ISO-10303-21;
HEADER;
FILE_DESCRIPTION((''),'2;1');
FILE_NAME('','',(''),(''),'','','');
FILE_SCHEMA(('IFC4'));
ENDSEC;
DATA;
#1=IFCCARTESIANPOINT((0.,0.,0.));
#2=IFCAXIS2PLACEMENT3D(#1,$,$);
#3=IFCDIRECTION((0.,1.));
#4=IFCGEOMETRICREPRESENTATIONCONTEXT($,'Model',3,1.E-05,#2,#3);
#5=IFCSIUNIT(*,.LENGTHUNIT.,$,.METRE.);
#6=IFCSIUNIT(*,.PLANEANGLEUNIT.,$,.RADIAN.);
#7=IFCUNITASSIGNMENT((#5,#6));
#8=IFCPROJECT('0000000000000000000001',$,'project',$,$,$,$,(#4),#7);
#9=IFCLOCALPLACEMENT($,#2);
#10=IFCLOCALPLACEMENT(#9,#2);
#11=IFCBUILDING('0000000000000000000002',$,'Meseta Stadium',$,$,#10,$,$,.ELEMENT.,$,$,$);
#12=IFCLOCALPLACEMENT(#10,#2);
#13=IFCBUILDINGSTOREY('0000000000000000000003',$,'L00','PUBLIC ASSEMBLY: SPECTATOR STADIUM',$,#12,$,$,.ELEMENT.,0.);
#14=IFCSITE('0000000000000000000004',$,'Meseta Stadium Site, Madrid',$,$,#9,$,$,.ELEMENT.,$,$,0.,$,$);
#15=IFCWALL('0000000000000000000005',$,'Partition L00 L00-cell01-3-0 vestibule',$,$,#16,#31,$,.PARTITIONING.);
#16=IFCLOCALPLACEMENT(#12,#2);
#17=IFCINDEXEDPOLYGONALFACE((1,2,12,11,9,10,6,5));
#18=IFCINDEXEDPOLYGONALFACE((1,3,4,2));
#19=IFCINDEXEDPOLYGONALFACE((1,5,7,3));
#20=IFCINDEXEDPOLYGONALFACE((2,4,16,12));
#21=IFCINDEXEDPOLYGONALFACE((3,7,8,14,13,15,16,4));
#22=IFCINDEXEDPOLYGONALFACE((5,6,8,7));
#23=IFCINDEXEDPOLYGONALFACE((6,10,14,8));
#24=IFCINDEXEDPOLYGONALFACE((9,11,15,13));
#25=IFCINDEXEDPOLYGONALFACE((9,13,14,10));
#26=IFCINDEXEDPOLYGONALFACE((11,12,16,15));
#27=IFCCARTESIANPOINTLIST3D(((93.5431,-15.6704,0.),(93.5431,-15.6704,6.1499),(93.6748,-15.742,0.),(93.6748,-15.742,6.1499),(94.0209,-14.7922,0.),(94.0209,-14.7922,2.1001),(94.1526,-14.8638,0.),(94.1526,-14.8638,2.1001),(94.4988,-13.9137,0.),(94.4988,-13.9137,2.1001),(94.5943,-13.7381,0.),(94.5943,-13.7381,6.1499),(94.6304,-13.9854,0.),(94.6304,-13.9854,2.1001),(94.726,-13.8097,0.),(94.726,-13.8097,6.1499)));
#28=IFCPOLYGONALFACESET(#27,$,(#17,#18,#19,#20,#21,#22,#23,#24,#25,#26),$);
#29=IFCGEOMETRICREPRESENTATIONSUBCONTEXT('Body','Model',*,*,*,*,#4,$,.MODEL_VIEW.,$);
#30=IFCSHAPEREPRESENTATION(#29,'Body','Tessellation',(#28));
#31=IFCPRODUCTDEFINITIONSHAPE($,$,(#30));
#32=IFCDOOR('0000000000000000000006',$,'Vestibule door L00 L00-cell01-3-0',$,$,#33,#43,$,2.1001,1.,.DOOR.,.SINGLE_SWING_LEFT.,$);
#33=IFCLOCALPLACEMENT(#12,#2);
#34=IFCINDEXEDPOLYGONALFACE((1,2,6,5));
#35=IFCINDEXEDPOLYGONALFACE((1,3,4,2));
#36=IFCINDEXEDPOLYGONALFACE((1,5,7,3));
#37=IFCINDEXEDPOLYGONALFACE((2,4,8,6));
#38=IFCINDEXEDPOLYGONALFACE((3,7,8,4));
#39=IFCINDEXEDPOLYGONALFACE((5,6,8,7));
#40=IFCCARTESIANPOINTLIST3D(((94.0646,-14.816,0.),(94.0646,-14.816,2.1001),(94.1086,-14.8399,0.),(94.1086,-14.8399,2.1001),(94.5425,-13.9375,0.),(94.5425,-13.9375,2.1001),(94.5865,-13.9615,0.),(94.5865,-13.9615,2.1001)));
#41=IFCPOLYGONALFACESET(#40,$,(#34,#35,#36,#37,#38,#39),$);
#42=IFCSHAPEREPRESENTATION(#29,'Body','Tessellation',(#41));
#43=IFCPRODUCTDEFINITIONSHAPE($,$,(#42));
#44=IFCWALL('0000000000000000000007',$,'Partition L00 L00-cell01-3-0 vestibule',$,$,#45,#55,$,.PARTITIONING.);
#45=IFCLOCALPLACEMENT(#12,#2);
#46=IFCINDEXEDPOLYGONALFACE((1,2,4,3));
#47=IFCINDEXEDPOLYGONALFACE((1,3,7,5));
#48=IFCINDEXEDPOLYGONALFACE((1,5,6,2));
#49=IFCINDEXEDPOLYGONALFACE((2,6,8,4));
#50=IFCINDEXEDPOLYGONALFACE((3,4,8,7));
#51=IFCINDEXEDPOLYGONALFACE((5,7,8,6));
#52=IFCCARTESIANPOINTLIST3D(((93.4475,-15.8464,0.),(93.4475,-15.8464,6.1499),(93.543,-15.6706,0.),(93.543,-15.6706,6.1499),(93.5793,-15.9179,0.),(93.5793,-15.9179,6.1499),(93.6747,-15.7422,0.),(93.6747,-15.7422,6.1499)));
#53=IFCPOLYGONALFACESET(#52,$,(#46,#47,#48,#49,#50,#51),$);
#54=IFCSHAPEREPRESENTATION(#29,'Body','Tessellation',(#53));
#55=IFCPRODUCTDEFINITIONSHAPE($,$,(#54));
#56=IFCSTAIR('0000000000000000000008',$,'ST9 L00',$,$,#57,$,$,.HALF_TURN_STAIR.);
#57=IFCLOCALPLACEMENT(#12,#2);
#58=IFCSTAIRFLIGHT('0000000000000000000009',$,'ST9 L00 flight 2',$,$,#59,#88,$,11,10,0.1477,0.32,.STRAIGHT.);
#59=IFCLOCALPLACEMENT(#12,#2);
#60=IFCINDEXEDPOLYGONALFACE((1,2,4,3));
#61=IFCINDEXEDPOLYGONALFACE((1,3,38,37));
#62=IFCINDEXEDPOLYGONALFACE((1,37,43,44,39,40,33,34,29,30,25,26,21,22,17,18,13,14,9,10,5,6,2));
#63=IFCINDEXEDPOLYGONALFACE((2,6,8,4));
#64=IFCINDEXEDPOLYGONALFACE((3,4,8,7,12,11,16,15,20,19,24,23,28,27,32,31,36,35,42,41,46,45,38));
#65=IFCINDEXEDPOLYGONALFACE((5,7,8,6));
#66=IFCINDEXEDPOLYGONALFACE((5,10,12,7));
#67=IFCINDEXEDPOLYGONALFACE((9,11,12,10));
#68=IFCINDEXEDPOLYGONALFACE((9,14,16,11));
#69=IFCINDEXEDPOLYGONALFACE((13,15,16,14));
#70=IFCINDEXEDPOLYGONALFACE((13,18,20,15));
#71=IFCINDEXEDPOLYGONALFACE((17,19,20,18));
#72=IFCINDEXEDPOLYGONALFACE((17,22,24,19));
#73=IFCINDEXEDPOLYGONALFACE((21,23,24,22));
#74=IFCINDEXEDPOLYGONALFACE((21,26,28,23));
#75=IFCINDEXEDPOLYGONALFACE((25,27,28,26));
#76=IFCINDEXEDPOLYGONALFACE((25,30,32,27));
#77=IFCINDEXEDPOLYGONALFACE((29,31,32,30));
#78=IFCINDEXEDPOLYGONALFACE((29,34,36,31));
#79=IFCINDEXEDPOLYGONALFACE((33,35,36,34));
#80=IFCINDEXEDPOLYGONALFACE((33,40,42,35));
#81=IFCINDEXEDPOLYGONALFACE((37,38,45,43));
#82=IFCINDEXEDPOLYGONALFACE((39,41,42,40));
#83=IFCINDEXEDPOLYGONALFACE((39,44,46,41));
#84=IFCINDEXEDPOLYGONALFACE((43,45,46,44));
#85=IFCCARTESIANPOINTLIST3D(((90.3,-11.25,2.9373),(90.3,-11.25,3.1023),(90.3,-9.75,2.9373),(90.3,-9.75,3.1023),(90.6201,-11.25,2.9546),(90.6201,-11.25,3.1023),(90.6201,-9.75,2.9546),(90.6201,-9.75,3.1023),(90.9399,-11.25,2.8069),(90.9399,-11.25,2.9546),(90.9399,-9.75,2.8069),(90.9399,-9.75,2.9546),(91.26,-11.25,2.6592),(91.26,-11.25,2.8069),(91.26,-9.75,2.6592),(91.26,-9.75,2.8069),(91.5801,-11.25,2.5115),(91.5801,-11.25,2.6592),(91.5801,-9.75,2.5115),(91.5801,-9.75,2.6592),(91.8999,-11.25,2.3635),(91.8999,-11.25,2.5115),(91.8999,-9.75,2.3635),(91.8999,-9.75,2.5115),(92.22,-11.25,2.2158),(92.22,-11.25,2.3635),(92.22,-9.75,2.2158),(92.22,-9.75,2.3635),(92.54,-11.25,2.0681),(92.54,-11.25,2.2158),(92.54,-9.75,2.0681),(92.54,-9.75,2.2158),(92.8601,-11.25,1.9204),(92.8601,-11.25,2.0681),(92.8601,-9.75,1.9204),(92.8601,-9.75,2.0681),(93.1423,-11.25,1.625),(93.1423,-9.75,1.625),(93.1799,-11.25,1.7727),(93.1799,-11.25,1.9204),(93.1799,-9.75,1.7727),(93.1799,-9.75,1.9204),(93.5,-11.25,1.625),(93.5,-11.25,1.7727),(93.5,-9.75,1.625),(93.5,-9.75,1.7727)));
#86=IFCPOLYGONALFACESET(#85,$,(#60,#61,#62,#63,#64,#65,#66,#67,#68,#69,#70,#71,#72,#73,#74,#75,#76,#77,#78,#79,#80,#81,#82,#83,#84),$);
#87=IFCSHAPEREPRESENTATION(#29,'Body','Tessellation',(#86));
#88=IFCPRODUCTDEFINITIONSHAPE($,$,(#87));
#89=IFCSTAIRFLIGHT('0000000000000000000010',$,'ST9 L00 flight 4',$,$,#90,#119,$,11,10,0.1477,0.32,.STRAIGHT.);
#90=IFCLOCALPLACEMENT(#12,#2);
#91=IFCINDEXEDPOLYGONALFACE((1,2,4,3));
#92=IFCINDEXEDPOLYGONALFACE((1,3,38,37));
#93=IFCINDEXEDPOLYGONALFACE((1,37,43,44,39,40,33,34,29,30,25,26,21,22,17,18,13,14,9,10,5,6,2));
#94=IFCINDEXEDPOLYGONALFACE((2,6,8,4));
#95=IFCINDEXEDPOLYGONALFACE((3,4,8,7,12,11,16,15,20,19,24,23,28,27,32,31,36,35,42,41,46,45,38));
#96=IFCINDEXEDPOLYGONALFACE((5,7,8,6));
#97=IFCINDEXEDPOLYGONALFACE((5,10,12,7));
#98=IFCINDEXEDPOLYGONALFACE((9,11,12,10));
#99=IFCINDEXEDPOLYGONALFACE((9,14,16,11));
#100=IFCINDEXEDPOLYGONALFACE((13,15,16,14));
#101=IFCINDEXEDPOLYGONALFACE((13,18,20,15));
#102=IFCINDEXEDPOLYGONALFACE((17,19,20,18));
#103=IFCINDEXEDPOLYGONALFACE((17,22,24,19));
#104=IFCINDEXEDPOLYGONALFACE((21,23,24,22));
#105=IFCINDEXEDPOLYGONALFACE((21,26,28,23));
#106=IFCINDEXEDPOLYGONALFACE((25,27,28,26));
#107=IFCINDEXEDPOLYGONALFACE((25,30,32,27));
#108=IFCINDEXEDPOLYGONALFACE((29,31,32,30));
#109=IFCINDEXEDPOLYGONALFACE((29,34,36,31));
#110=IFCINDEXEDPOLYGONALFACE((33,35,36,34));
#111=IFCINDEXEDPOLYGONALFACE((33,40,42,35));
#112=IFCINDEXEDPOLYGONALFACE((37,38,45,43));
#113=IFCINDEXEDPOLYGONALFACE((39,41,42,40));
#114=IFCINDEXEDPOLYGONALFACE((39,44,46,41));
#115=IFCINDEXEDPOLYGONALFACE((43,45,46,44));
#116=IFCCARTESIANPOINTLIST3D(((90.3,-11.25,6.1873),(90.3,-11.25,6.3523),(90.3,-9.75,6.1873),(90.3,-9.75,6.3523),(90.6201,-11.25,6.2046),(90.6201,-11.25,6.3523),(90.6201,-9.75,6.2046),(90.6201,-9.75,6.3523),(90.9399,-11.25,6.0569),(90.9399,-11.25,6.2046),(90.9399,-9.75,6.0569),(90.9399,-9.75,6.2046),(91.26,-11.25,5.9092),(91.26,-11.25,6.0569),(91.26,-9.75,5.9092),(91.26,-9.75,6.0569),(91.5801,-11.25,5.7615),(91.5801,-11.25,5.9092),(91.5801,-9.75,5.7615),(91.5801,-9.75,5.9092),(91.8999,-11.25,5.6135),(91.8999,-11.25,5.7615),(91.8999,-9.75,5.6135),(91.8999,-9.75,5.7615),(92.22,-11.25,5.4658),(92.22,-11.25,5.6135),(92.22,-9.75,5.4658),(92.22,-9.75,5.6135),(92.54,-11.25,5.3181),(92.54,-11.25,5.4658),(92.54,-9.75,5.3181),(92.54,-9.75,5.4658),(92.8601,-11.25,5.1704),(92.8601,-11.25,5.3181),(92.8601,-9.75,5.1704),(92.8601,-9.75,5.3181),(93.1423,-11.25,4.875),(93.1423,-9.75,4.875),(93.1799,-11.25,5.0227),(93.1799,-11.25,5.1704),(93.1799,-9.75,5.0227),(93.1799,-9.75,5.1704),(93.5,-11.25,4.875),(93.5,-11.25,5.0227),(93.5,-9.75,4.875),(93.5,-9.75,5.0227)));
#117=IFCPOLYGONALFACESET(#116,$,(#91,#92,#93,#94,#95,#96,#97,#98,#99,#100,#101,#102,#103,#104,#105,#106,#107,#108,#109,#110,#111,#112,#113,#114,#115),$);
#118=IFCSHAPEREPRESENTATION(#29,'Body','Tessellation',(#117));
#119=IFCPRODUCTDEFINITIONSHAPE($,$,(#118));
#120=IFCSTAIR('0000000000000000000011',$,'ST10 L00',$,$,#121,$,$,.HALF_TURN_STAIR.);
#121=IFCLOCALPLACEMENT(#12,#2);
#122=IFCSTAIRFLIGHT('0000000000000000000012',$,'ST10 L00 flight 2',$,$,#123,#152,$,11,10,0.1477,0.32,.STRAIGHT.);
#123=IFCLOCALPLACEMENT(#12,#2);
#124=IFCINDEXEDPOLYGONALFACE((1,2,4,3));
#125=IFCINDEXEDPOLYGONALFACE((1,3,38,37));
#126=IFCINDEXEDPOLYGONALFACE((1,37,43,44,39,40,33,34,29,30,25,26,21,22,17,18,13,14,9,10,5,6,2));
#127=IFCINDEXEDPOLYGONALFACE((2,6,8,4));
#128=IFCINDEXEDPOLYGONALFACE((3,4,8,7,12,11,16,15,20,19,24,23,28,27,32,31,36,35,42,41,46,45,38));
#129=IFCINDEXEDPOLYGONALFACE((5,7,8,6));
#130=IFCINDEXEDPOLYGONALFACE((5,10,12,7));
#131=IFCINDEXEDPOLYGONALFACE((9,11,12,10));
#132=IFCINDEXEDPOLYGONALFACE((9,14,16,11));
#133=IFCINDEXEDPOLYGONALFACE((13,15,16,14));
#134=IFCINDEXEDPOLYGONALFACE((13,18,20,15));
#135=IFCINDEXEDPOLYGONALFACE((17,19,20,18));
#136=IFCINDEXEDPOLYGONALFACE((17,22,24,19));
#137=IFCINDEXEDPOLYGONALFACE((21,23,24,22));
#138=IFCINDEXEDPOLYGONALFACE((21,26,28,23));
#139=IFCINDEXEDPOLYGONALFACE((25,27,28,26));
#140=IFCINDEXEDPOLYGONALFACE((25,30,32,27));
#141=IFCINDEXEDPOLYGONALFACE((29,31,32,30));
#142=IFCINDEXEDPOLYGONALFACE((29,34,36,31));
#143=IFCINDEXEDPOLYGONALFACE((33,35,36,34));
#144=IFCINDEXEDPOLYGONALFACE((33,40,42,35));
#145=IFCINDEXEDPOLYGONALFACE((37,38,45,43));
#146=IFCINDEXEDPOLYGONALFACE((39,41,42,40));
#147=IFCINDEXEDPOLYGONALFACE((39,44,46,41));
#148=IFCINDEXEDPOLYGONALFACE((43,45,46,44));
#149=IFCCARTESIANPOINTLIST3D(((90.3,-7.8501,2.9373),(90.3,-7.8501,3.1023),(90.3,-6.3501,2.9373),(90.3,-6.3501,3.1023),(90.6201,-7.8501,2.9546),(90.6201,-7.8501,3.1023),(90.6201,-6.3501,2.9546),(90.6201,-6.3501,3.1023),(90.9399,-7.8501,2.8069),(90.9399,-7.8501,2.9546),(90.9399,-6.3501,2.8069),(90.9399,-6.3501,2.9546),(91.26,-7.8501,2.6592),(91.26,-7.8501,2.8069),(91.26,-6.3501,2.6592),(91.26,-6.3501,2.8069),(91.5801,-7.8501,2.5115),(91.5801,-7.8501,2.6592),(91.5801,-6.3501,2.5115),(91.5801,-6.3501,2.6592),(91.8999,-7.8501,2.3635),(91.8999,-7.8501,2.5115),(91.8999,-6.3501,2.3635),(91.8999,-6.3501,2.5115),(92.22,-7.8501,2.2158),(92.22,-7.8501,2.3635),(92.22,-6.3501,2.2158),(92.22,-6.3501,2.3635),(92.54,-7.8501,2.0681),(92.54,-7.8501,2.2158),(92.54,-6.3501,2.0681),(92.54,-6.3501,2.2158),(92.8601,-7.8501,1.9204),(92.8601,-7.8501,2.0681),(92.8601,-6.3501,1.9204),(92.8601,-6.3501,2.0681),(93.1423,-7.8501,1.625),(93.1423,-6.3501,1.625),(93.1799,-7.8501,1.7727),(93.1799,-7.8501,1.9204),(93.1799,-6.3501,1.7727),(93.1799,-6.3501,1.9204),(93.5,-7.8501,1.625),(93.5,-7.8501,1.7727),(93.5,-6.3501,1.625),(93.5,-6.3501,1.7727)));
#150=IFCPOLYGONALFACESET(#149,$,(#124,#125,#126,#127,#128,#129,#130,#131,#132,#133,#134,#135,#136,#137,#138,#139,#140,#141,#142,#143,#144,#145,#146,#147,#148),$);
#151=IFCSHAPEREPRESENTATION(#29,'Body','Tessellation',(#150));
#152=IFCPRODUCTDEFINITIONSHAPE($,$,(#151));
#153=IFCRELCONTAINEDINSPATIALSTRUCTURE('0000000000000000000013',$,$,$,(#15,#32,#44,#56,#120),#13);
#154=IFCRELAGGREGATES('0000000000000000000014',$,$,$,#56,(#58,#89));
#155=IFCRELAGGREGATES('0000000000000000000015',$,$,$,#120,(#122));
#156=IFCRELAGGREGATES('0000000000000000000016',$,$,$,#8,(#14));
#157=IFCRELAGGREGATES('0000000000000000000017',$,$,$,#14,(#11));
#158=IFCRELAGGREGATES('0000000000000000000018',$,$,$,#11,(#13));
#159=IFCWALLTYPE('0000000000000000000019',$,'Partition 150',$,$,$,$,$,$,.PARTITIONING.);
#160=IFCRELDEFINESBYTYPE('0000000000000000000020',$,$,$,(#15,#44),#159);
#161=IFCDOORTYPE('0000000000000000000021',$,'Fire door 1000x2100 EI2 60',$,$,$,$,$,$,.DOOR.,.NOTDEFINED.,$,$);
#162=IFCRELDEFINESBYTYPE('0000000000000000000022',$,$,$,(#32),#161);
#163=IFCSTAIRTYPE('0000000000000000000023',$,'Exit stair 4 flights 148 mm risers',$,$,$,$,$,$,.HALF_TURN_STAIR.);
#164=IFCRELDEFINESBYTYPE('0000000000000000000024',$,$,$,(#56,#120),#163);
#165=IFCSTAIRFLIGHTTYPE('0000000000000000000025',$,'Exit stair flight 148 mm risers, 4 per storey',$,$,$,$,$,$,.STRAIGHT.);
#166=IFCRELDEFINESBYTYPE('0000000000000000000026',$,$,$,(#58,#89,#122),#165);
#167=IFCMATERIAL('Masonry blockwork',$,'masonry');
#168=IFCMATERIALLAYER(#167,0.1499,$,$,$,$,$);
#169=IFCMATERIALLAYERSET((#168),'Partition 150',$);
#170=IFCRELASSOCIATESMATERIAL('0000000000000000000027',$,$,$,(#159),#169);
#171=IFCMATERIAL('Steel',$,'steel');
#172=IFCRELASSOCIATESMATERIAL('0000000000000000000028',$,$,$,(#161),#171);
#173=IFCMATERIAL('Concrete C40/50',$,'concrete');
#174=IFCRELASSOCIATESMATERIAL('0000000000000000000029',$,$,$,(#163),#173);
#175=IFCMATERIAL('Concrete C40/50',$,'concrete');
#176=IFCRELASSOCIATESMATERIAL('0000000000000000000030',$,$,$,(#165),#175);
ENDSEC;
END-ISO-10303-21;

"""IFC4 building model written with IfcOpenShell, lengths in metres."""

from ifc_helpers import new_model, si_unit, direction, frame, frame_2d, origin, place, context, subcontext, project, spatial, polyline, rectangle, outline, extrude, material, layer, layer_set, type_object, element, fill, aggregate, save


model = new_model("IFC4")

# Units and contexts
model_context = context("Model", 3, precision=1e-05, world=origin(), true_north=direction((0.0, 1.0)))
body_context = subcontext(model_context, "Body", "Model", "MODEL_VIEW")
ifc_project = project(units=[si_unit("LENGTHUNIT", "METRE"), si_unit("PLANEANGLEUNIT", "RADIAN")], contexts=[model_context])

# Site, building, storey
site_placement = place(None, origin())
site = spatial("IfcSite", under=ifc_project, at=site_placement, Name="Meseta Stadium Site, Madrid", CompositionType="ELEMENT", RefElevation=0.0)
building_placement = place(site_placement, origin())
building = spatial("IfcBuilding", under=site, at=building_placement, Name="Meseta Stadium", CompositionType="ELEMENT")
storey_placement = place(building_placement, origin())
storey = spatial("IfcBuildingStorey", under=building, at=storey_placement, Name="L00", Description="PUBLIC ASSEMBLY: SPECTATOR STADIUM", CompositionType="ELEMENT", Elevation=0.0)

# Wall, opening, door
ifc_material_1 = material(Name="Masonry blockwork", Category="masonry")
ifc_layer = layer(ifc_material_1, 0.1499)
ifc_layer_set = layer_set([ifc_layer], Name="Partition 150")
wall_type = type_object("IfcWallType", Name="Partition 150", PredefinedType="PARTITIONING", material=ifc_layer_set)
wall_1_placement = place(storey_placement, frame((94.6602, -13.7739, 0.0), z_axis=(0.0, 0.0, 1.0), x_axis=(-0.477888, -0.878421, 0.0)))
wall_1 = element("IfcWall", 1, at=wall_1_placement, inside=storey, type_object=wall_type, Name="Partition L00 L00-cell01-3-0 vestibule", PredefinedType="PARTITIONING", context=body_context, shape_type="SweptSolid", body=[
    extrude(rectangle(XDim=2.1997, YDim=0.1499, at=frame_2d((1.0999, 0.0))), origin(), (0.0, 0.0, 1.0), 6.1499),
])
opening_placement = place(wall_1_placement, frame((0.2, 0.0, 0.0)))
opening = element("IfcOpeningElement", 2, at=opening_placement, cuts=wall_1, PredefinedType="OPENING", context=body_context, shape_type="SweptSolid", body=[
    extrude(rectangle(XDim=1.0, YDim=2.1001, at=frame_2d((0.5, 1.05))), frame((0.0, 0.085, 0.0), z_axis=(0.0, -1.0, 0.0), x_axis=(1.0, 0.0, 0.0)), (0.0, 0.0, 1.0), 0.1699),
])
ifc_material_2 = material(Name="Steel", Category="steel")
door_type = type_object("IfcDoorType", Name="Fire door 1000x2100 EI2 60", OperationType="NOTDEFINED", PredefinedType="DOOR", material=ifc_material_2)
door_placement = place(opening_placement, origin())
door = element("IfcDoor", 3, at=door_placement, inside=storey, type_object=door_type, Name="Vestibule door L00 L00-cell01-3-0", OperationType="SINGLE_SWING_LEFT", OverallHeight=2.1001, OverallWidth=1.0, PredefinedType="DOOR", context=body_context, shape_type="SweptSolid", body=[
    extrude(rectangle(XDim=1.0, YDim=2.1001, at=frame_2d((0.5, 1.05))), frame((0.0, 0.0249, 0.0), z_axis=(0.0, -1.0, 0.0), x_axis=(1.0, 0.0, 0.0)), (0.0, 0.0, 1.0), 0.05),
])
fill(opening, door)

# Wall
wall_2_placement = place(storey_placement, frame((93.6089, -15.7063, 0.0), z_axis=(0.0, 0.0, 1.0), x_axis=(-0.477227, -0.87878, 0.0)))
element("IfcWall", 4, at=wall_2_placement, inside=storey, type_object=wall_type, Name="Partition L00 L00-cell01-3-0 vestibule", PredefinedType="PARTITIONING", context=body_context, shape_type="SweptSolid", body=[
    extrude(rectangle(XDim=0.2, YDim=0.1499, at=frame_2d((0.1001, 0.0))), origin(), (0.0, 0.0, 1.0), 6.1499),
])

# Stairs, stair flights
ifc_material_3 = material(Name="Concrete C40/50", Category="concrete")
stair_type = type_object("IfcStairType", Name="Exit stair 4 flights 148 mm risers", PredefinedType="HALF_TURN_STAIR", material=ifc_material_3)
stair_1_placement = place(storey_placement, origin())
stair_1 = element("IfcStair", 5, at=stair_1_placement, inside=storey, type_object=stair_type, Name="ST9 L00", PredefinedType="HALF_TURN_STAIR")
ifc_material_4 = material(Name="Concrete C40/50", Category="concrete")
stair_flight_type = type_object("IfcStairFlightType", Name="Exit stair flight 148 mm risers, 4 per storey", PredefinedType="STRAIGHT", material=ifc_material_4)
stair_flight_1_placement = place(storey_placement, frame((93.5, -10.5, 1.625), z_axis=(0.0, 0.0, 1.0), x_axis=(-1.0, 0.0, 0.0)))
stair_flight_1 = element("IfcStairFlight", 6, at=stair_flight_1_placement, type_object=stair_flight_type, Name="ST9 L00 flight 2", NumberOfRisers=11, NumberOfTreads=10, PredefinedType="STRAIGHT", RiserHeight=0.1477, TreadLength=0.32, context=body_context, shape_type="SweptSolid", body=[
    extrude(outline(polyline([(0.0, 0.0), (0.0, 0.1477), (0.3201, 0.1477), (0.3201, 0.2954), (0.6399, 0.2954), (0.6399, 0.4431), (0.96, 0.4431), (0.96, 0.5908), (1.28, 0.5908), (1.28, 0.7385), (1.6001, 0.7385), (1.6001, 0.8865), (1.9199, 0.8865), (1.9199, 1.0342), (2.24, 1.0342), (2.24, 1.1819), (2.5601, 1.1819), (2.5601, 1.3296), (2.8799, 1.3296), (2.8799, 1.4773), (3.2, 1.4773), (3.2, 1.3123), (0.3577, 0.0), (0.0, 0.0)])), frame((0.0, 0.75, 0.0), z_axis=(0.0, -1.0, 0.0), x_axis=(1.0, 0.0, 0.0)), (0.0, 0.0, 1.0), 1.5),
])
stair_flight_2_placement = place(storey_placement, frame((93.5, -10.5, 4.875), z_axis=(0.0, 0.0, 1.0), x_axis=(-1.0, 0.0, 0.0)))
stair_flight_2 = element("IfcStairFlight", 7, at=stair_flight_2_placement, type_object=stair_flight_type, Name="ST9 L00 flight 4", NumberOfRisers=11, NumberOfTreads=10, PredefinedType="STRAIGHT", RiserHeight=0.1477, TreadLength=0.32, context=body_context, shape_type="SweptSolid", body=[
    extrude(outline(polyline([(0.0, 0.0), (0.0, 0.1477), (0.3201, 0.1477), (0.3201, 0.2954), (0.6399, 0.2954), (0.6399, 0.4431), (0.96, 0.4431), (0.96, 0.5908), (1.28, 0.5908), (1.28, 0.7385), (1.6001, 0.7385), (1.6001, 0.8865), (1.9199, 0.8865), (1.9199, 1.0342), (2.24, 1.0342), (2.24, 1.1819), (2.5601, 1.1819), (2.5601, 1.3296), (2.8799, 1.3296), (2.8799, 1.4773), (3.2, 1.4773), (3.2, 1.3123), (0.3577, 0.0), (0.0, 0.0)])), frame((0.0, 0.75, 0.0), z_axis=(0.0, -1.0, 0.0), x_axis=(1.0, 0.0, 0.0)), (0.0, 0.0, 1.0), 1.5),
])
aggregate(stair_1, [stair_flight_1, stair_flight_2])
stair_2_placement = place(storey_placement, origin())
stair_2 = element("IfcStair", 8, at=stair_2_placement, inside=storey, type_object=stair_type, Name="ST10 L00", PredefinedType="HALF_TURN_STAIR")
stair_flight_3_placement = place(storey_placement, frame((93.5, -7.1001, 1.625), z_axis=(0.0, 0.0, 1.0), x_axis=(-1.0, 0.0, 0.0)))
stair_flight_3 = element("IfcStairFlight", 9, at=stair_flight_3_placement, type_object=stair_flight_type, Name="ST10 L00 flight 2", NumberOfRisers=11, NumberOfTreads=10, PredefinedType="STRAIGHT", RiserHeight=0.1477, TreadLength=0.32, context=body_context, shape_type="SweptSolid", body=[
    extrude(outline(polyline([(0.0, 0.0), (0.0, 0.1477), (0.3201, 0.1477), (0.3201, 0.2954), (0.6399, 0.2954), (0.6399, 0.4431), (0.96, 0.4431), (0.96, 0.5908), (1.28, 0.5908), (1.28, 0.7385), (1.6001, 0.7385), (1.6001, 0.8865), (1.9199, 0.8865), (1.9199, 1.0342), (2.24, 1.0342), (2.24, 1.1819), (2.5601, 1.1819), (2.5601, 1.3296), (2.8799, 1.3296), (2.8799, 1.4773), (3.2, 1.4773), (3.2, 1.3123), (0.3577, 0.0), (0.0, 0.0)])), frame((0.0, 0.75, 0.0), z_axis=(0.0, -1.0, 0.0), x_axis=(1.0, 0.0, 0.0)), (0.0, 0.0, 1.0), 1.5),
])
aggregate(stair_2, [stair_flight_3])

save(model, "model.ifc")
